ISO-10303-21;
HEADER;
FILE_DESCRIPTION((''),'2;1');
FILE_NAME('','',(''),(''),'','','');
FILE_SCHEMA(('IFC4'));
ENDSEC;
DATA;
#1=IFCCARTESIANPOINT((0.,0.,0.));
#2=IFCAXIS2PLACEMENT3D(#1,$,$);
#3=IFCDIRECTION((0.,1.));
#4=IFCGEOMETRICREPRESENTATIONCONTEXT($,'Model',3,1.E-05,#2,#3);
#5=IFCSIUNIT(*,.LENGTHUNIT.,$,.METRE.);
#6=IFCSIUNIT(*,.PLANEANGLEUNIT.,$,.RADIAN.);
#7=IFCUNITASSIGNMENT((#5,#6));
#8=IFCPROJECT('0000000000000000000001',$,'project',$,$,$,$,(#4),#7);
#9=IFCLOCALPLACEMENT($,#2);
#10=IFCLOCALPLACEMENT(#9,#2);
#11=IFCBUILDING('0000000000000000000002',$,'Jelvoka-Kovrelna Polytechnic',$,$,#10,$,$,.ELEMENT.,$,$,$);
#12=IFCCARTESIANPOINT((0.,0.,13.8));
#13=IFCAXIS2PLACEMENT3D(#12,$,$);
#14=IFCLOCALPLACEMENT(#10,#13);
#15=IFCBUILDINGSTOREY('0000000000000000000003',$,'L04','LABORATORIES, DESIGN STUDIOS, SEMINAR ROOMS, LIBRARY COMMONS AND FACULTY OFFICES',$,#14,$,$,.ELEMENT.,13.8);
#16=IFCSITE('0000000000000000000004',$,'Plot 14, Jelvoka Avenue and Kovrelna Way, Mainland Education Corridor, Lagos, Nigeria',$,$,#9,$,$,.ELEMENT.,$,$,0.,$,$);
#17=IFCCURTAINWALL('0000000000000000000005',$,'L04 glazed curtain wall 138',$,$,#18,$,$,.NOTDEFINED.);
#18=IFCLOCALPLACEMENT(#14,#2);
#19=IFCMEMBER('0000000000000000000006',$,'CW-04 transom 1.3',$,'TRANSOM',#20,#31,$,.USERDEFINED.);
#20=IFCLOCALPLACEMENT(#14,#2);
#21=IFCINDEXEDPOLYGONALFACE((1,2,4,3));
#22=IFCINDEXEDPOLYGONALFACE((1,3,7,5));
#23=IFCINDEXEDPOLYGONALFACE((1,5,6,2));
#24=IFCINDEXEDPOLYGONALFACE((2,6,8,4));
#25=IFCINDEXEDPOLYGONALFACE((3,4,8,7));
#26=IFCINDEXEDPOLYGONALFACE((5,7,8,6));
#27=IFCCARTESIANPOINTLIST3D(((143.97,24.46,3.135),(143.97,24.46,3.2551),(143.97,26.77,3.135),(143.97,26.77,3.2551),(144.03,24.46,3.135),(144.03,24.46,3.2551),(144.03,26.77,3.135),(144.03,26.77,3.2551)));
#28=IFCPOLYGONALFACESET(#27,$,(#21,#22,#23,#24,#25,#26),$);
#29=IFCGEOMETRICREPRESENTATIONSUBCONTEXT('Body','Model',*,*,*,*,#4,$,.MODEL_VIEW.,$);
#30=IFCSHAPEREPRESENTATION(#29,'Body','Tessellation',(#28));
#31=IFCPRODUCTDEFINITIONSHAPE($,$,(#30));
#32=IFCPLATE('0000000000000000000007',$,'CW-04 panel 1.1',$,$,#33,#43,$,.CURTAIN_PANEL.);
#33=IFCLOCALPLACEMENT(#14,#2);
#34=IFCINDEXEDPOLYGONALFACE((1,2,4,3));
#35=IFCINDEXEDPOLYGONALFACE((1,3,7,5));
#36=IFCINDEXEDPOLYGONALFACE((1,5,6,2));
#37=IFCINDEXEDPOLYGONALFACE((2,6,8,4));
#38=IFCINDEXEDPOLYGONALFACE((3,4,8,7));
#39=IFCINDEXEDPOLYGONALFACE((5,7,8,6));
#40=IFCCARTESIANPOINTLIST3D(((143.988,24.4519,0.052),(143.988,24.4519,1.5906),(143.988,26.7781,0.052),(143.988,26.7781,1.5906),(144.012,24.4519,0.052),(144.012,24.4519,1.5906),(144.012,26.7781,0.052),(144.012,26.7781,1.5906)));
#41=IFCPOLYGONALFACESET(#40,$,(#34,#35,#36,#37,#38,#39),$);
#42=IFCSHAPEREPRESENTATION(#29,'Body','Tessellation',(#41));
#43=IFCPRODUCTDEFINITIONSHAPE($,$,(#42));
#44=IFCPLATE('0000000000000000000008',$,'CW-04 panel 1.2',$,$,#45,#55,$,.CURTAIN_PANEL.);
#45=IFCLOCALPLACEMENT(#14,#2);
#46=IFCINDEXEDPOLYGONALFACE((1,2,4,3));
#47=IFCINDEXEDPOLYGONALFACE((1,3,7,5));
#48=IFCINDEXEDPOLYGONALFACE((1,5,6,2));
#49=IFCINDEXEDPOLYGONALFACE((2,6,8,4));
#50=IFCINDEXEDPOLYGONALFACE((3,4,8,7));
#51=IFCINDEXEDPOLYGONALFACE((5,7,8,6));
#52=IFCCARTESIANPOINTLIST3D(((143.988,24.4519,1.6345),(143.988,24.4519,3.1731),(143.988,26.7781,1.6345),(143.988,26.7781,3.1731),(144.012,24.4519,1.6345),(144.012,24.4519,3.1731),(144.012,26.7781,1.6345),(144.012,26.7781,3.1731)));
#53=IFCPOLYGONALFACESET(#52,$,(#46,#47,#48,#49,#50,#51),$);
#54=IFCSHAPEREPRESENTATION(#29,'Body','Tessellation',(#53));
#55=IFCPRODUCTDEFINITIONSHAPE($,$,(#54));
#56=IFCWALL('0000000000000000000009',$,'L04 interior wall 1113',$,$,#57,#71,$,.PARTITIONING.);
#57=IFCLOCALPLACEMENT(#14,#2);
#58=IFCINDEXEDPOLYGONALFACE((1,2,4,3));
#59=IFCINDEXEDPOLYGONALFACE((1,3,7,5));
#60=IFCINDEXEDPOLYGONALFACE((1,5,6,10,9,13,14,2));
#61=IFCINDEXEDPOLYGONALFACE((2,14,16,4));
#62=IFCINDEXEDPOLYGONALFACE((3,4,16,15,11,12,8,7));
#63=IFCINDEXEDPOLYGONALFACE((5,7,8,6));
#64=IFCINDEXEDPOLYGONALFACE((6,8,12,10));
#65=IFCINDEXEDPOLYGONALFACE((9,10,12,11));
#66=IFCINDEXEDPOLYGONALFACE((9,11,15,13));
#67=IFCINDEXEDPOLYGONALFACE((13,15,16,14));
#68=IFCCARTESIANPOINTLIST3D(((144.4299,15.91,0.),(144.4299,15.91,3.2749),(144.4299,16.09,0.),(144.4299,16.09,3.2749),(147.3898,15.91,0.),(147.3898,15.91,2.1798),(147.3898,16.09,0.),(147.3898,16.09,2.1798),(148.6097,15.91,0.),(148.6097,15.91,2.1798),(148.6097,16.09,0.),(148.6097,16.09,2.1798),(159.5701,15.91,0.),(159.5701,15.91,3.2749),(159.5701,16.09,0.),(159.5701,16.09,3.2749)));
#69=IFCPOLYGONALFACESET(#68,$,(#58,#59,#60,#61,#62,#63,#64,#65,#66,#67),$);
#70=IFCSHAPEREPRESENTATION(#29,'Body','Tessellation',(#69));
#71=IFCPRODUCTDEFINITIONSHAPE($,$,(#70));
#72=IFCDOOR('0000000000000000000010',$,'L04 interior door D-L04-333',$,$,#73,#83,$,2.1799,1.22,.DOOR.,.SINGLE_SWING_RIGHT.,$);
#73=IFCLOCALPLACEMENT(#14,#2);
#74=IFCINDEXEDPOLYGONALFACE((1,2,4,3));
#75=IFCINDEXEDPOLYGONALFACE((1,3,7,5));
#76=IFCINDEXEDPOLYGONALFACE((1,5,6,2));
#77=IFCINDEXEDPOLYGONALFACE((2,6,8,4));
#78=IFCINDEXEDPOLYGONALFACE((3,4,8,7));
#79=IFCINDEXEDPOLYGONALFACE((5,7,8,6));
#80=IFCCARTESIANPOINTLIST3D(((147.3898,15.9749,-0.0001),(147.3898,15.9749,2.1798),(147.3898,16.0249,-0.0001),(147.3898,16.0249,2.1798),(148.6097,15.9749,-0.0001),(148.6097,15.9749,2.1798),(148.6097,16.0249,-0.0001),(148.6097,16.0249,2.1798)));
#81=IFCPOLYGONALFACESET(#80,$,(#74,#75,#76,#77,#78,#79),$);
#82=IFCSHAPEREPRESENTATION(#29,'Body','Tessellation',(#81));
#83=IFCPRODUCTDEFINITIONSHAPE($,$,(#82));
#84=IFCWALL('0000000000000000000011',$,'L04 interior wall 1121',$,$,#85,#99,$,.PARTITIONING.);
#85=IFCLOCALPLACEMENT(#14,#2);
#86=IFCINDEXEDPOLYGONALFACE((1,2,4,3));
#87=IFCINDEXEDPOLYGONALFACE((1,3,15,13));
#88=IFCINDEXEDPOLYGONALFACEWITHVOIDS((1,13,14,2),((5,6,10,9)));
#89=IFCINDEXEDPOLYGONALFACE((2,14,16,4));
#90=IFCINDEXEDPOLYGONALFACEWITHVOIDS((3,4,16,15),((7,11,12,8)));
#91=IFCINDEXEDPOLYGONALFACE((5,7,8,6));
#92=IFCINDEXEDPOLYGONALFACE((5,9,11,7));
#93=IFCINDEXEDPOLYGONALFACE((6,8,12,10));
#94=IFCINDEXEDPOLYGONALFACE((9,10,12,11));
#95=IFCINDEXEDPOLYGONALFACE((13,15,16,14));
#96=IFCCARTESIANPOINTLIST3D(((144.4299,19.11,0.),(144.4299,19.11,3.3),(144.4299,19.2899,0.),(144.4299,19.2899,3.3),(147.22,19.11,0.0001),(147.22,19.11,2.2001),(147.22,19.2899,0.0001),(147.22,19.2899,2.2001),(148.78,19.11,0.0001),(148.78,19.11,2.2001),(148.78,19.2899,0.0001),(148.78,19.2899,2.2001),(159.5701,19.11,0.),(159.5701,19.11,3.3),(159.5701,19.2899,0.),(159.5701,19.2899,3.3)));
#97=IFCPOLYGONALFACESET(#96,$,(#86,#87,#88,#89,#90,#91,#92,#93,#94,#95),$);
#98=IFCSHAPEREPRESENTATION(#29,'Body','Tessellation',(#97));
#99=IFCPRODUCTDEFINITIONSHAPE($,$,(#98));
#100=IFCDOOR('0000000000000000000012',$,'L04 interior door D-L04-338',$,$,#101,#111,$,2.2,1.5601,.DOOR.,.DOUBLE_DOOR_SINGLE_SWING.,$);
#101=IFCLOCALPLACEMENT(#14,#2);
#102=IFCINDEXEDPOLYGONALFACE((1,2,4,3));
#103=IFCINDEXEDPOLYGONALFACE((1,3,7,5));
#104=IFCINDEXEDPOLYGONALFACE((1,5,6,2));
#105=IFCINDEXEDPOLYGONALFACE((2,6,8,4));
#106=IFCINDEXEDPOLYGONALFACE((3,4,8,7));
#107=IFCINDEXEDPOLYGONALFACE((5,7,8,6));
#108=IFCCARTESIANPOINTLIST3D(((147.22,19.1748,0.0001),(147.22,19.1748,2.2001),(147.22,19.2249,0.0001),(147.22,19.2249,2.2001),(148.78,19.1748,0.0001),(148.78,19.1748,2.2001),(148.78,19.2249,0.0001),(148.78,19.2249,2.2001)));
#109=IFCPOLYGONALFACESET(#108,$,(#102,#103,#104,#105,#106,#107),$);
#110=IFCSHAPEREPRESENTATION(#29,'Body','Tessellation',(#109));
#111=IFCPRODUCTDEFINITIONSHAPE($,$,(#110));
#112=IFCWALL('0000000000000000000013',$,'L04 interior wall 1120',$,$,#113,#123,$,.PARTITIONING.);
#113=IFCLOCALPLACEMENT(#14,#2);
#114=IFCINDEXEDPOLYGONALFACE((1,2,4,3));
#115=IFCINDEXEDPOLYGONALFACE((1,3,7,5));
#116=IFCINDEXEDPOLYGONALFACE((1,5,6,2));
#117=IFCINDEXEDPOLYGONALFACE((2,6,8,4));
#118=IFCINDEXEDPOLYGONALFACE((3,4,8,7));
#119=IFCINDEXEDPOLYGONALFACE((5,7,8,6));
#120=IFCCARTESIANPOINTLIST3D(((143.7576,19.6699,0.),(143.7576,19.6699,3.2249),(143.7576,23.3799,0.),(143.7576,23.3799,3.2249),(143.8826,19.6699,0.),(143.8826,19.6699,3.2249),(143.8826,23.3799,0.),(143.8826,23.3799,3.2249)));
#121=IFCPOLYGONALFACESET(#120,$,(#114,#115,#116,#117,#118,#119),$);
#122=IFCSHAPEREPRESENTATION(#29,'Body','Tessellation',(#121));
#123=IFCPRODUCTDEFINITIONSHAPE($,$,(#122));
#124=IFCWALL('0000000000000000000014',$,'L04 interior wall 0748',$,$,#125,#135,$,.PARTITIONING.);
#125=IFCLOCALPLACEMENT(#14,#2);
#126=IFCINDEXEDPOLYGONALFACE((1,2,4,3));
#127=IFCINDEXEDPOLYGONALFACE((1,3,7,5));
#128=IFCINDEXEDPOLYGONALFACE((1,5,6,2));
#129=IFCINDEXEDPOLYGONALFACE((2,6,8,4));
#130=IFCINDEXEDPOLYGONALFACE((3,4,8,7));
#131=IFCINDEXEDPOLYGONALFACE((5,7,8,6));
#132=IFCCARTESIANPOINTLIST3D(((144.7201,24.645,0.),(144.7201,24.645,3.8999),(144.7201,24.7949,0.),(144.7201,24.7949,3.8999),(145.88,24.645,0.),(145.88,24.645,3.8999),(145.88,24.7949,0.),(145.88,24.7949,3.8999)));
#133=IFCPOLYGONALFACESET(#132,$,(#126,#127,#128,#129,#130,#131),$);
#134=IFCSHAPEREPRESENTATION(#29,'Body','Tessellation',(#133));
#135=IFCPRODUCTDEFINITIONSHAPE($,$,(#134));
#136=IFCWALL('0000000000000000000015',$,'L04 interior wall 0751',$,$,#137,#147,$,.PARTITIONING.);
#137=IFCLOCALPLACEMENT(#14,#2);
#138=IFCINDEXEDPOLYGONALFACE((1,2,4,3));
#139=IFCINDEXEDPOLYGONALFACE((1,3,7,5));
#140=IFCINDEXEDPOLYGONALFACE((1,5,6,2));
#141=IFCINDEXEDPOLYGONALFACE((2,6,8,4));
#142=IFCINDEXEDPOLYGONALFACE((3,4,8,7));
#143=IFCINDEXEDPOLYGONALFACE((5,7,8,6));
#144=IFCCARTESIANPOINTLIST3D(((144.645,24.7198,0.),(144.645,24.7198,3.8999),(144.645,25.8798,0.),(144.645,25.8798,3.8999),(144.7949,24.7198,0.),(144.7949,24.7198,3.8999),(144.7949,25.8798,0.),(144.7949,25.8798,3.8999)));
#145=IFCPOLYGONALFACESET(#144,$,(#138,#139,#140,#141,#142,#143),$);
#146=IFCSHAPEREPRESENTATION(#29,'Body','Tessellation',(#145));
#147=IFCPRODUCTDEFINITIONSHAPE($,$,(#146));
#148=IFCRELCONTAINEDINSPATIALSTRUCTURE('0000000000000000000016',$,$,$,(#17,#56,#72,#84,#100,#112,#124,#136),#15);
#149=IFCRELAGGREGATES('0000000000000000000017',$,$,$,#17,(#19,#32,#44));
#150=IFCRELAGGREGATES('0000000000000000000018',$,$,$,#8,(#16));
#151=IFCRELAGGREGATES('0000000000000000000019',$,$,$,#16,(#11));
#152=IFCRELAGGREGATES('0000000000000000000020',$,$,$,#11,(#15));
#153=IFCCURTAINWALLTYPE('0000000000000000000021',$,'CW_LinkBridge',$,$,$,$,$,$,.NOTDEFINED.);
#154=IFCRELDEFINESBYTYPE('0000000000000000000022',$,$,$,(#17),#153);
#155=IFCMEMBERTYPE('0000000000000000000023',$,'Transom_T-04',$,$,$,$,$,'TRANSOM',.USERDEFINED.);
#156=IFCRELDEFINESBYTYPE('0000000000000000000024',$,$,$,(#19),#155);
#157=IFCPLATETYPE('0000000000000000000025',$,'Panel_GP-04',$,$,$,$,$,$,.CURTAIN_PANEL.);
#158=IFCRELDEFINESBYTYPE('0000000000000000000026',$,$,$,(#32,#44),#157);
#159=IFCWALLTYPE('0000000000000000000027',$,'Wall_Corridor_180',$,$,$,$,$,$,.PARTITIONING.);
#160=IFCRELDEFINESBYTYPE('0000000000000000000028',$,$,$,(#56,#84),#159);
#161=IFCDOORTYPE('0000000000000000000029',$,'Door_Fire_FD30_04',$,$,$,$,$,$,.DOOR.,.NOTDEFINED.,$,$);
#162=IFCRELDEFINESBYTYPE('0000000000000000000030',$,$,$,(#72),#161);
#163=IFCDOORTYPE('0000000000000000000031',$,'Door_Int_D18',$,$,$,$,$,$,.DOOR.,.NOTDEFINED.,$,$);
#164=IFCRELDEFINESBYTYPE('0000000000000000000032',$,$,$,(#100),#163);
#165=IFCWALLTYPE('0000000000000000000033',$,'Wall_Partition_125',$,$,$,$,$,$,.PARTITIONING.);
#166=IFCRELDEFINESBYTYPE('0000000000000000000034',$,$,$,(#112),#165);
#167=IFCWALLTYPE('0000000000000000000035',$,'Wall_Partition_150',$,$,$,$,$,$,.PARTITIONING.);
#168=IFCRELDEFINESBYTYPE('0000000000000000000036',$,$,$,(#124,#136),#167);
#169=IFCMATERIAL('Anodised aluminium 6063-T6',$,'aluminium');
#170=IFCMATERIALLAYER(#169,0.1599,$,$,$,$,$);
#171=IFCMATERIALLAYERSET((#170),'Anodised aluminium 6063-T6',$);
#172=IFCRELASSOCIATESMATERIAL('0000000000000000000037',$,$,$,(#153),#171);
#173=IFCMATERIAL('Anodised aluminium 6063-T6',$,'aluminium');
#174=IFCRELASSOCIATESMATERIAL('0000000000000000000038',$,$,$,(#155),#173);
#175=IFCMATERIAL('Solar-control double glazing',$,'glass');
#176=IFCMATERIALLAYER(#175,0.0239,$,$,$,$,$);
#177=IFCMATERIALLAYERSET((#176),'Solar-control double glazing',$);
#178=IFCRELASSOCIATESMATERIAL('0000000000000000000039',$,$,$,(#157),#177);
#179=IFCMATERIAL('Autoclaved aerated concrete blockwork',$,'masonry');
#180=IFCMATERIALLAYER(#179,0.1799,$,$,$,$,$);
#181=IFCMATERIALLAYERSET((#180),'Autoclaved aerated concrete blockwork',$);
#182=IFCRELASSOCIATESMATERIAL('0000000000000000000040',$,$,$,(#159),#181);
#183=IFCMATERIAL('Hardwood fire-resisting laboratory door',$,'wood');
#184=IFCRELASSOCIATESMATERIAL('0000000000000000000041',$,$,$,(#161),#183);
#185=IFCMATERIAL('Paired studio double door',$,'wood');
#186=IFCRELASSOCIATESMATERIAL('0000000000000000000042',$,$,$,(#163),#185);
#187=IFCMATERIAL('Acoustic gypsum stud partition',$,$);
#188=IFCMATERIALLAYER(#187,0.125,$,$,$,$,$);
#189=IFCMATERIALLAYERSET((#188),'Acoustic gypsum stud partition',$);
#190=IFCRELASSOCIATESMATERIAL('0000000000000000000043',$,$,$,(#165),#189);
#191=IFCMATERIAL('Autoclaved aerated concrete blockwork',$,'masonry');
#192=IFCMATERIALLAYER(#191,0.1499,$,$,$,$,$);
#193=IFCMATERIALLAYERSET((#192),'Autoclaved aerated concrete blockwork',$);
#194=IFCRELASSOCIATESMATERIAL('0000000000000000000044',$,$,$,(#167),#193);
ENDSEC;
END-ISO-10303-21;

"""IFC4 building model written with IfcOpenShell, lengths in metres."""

from ifc_helpers import new_model, si_unit, direction, frame, frame_2d, origin, origin_2d, place, context, subcontext, project, spatial, rectangle, extrude, material, layer, layer_set, material_profile, profile_set, type_object, element, fill, aggregate, save


model = new_model("IFC4")

# Units and contexts
model_context = context("Model", 3, precision=1e-05, world=origin(), true_north=direction((0.0, 1.0)))
body_context = subcontext(model_context, "Body", "Model", "MODEL_VIEW")
ifc_project = project(units=[si_unit("LENGTHUNIT", "METRE"), si_unit("PLANEANGLEUNIT", "RADIAN")], contexts=[model_context])

# Site, building, storey
site_placement = place(None, origin())
site = spatial("IfcSite", under=ifc_project, at=site_placement, Name="Plot 14, Jelvoka Avenue and Kovrelna Way, Mainland Education Corridor, Lagos, Nigeria", CompositionType="ELEMENT", RefElevation=0.0)
building_placement = place(site_placement, origin())
building = spatial("IfcBuilding", under=site, at=building_placement, Name="Jelvoka-Kovrelna Polytechnic", CompositionType="ELEMENT")
storey_placement = place(building_placement, frame((0.0, 0.0, 13.8)))
storey = spatial("IfcBuildingStorey", under=building, at=storey_placement, Name="L04", Description="LABORATORIES, DESIGN STUDIOS, SEMINAR ROOMS, LIBRARY COMMONS AND FACULTY OFFICES", CompositionType="ELEMENT", Elevation=13.8)

# Curtain wall
ifc_material_1 = material(Name="Anodised aluminium 6063-T6", Category="aluminium")
ifc_layer_1 = layer(ifc_material_1, 0.1599)
ifc_layer_set_1 = layer_set([ifc_layer_1], Name="Anodised aluminium 6063-T6")
curtain_wall_type = type_object("IfcCurtainWallType", Name="CW_LinkBridge", PredefinedType="NOTDEFINED", material=ifc_layer_set_1)
curtain_wall_placement = place(storey_placement, origin())
curtain_wall = element("IfcCurtainWall", 1, at=curtain_wall_placement, inside=storey, type_object=curtain_wall_type, Name="L04 glazed curtain wall 138", PredefinedType="NOTDEFINED")

# Member
ifc_material_2 = material(Name="Anodised aluminium 6063-T6", Category="aluminium")
ifc_material_profile_1 = material_profile(ifc_material_2, rectangle(XDim=0.0601, YDim=0.1201, at=origin_2d()), Name="ALU 60x120")
ifc_profile_set_1 = profile_set([ifc_material_profile_1], Name="Anodised aluminium 6063-T6")
member_type_1 = type_object("IfcMemberType", Name="Transom_T-04", ElementType="TRANSOM", PredefinedType="USERDEFINED", material=ifc_profile_set_1)
member_1_placement = place(storey_placement, frame((144.0, 24.46, 3.1951), z_axis=(0.0, 1.0, 0.0), x_axis=(-1.0, 0.0, 0.0)))
member_1 = element("IfcMember", 2, at=member_1_placement, type_object=member_type_1, Name="CW-04 transom 1.3", ObjectType="TRANSOM", PredefinedType="USERDEFINED", context=body_context, shape_type="SweptSolid", body=[
    extrude(rectangle(XDim=0.0601, YDim=0.1201, at=origin_2d()), origin(), (0.0, 0.0, 1.0), 2.3101),
])

# Plates
ifc_material_3 = material(Name="Solar-control double glazing", Category="glass")
ifc_layer_2 = layer(ifc_material_3, 0.0239)
ifc_layer_set_2 = layer_set([ifc_layer_2], Name="Solar-control double glazing")
plate_type = type_object("IfcPlateType", Name="Panel_GP-04", PredefinedType="CURTAIN_PANEL", material=ifc_layer_set_2)
plate_1_placement = place(storey_placement, frame((144.0, 25.615, 0.052), z_axis=(0.0, 0.0, 1.0), x_axis=(0.0, 1.0, 0.0)))
plate_1 = element("IfcPlate", 3, at=plate_1_placement, type_object=plate_type, Name="CW-04 panel 1.1", PredefinedType="CURTAIN_PANEL", context=body_context, shape_type="SweptSolid", body=[
    extrude(rectangle(XDim=2.3262, YDim=0.0239, at=origin_2d()), origin(), (0.0, 0.0, 1.0), 1.5386),
])
plate_2_placement = place(storey_placement, frame((144.0, 25.615, 1.6345), z_axis=(0.0, 0.0, 1.0), x_axis=(0.0, 1.0, 0.0)))
plate_2 = element("IfcPlate", 4, at=plate_2_placement, type_object=plate_type, Name="CW-04 panel 1.2", PredefinedType="CURTAIN_PANEL", context=body_context, shape_type="SweptSolid", body=[
    extrude(rectangle(XDim=2.3262, YDim=0.0239, at=origin_2d()), origin(), (0.0, 0.0, 1.0), 1.5386),
])
aggregate(curtain_wall, [member_1, plate_1, plate_2])

# Walls, openings, doors
ifc_material_4 = material(Name="Autoclaved aerated concrete blockwork", Category="masonry")
ifc_layer_3 = layer(ifc_material_4, 0.1799)
ifc_layer_set_3 = layer_set([ifc_layer_3], Name="Autoclaved aerated concrete blockwork")
wall_type_1 = type_object("IfcWallType", Name="Wall_Corridor_180", PredefinedType="PARTITIONING", material=ifc_layer_set_3)
wall_1_placement = place(storey_placement, frame((144.4299, 16.0, 0.0), z_axis=(0.0, 0.0, 1.0), x_axis=(1.0, 0.0, 0.0)))
wall_1 = element("IfcWall", 5, at=wall_1_placement, inside=storey, type_object=wall_type_1, Name="L04 interior wall 1113", PredefinedType="PARTITIONING", context=body_context, shape_type="SweptSolid", body=[
    extrude(rectangle(XDim=15.1401, YDim=0.1799, at=frame_2d((7.5701, 0.0))), origin(), (0.0, 0.0, 1.0), 3.2749),
])
opening_1_placement = place(wall_1_placement, frame((2.96, 0.0, 0.0)))
opening_1 = element("IfcOpeningElement", 6, at=opening_1_placement, cuts=wall_1, PredefinedType="OPENING", context=body_context, shape_type="SweptSolid", body=[
    extrude(rectangle(XDim=1.22, YDim=2.1799, at=frame_2d((0.6099, 1.0898))), frame((0.0, 0.0999, 0.0), z_axis=(0.0, -1.0, 0.0), x_axis=(1.0, 0.0, 0.0)), (0.0, 0.0, 1.0), 0.2),
])
ifc_material_5 = material(Name="Hardwood fire-resisting laboratory door", Category="wood")
door_type_1 = type_object("IfcDoorType", Name="Door_Fire_FD30_04", OperationType="NOTDEFINED", PredefinedType="DOOR", material=ifc_material_5)
door_1_placement = place(opening_1_placement, origin())
door_1 = element("IfcDoor", 7, at=door_1_placement, inside=storey, type_object=door_type_1, Name="L04 interior door D-L04-333", OperationType="SINGLE_SWING_RIGHT", OverallHeight=2.1799, OverallWidth=1.22, PredefinedType="DOOR", context=body_context, shape_type="SweptSolid", body=[
    extrude(rectangle(XDim=1.22, YDim=2.1799, at=frame_2d((0.6099, 1.0898))), frame((0.0, 0.0249, 0.0), z_axis=(0.0, -1.0, 0.0), x_axis=(1.0, 0.0, 0.0)), (0.0, 0.0, 1.0), 0.05),
])
fill(opening_1, door_1)
wall_2_placement = place(storey_placement, frame((144.4299, 19.2, 0.0), z_axis=(0.0, 0.0, 1.0), x_axis=(1.0, 0.0, 0.0)))
wall_2 = element("IfcWall", 8, at=wall_2_placement, inside=storey, type_object=wall_type_1, Name="L04 interior wall 1121", PredefinedType="PARTITIONING", context=body_context, shape_type="SweptSolid", body=[
    extrude(rectangle(XDim=15.1401, YDim=0.1799, at=frame_2d((7.5701, 0.0))), origin(), (0.0, 0.0, 1.0), 3.3),
])
opening_2_placement = place(wall_2_placement, frame((2.79, 0.0, 0.0)))
opening_2 = element("IfcOpeningElement", 9, at=opening_2_placement, cuts=wall_2, PredefinedType="OPENING", context=body_context, shape_type="SweptSolid", body=[
    extrude(rectangle(XDim=1.5601, YDim=2.2, at=frame_2d((0.78, 1.1001))), frame((0.0, 0.0999, 0.0), z_axis=(0.0, -1.0, 0.0), x_axis=(1.0, 0.0, 0.0)), (0.0, 0.0, 1.0), 0.2),
])
ifc_material_6 = material(Name="Paired studio double door", Category="wood")
door_type_2 = type_object("IfcDoorType", Name="Door_Int_D18", OperationType="NOTDEFINED", PredefinedType="DOOR", material=ifc_material_6)
door_2_placement = place(opening_2_placement, origin())
door_2 = element("IfcDoor", 10, at=door_2_placement, inside=storey, type_object=door_type_2, Name="L04 interior door D-L04-338", OperationType="DOUBLE_DOOR_SINGLE_SWING", OverallHeight=2.2, OverallWidth=1.5601, PredefinedType="DOOR", context=body_context, shape_type="SweptSolid", body=[
    extrude(rectangle(XDim=1.5601, YDim=2.2, at=frame_2d((0.78, 1.1001))), frame((0.0, 0.0249, 0.0), z_axis=(0.0, -1.0, 0.0), x_axis=(1.0, 0.0, 0.0)), (0.0, 0.0, 1.0), 0.05),
])
fill(opening_2, door_2)

# Walls
ifc_material_7 = material(Name="Acoustic gypsum stud partition")
ifc_layer_4 = layer(ifc_material_7, 0.125)
ifc_layer_set_4 = layer_set([ifc_layer_4], Name="Acoustic gypsum stud partition")
wall_type_2 = type_object("IfcWallType", Name="Wall_Partition_125", PredefinedType="PARTITIONING", material=ifc_layer_set_4)
wall_3_placement = place(storey_placement, frame((143.8201, 19.6699, 0.0), z_axis=(0.0, 0.0, 1.0), x_axis=(0.0, 1.0, 0.0)))
element("IfcWall", 11, at=wall_3_placement, inside=storey, type_object=wall_type_2, Name="L04 interior wall 1120", PredefinedType="PARTITIONING", context=body_context, shape_type="SweptSolid", body=[
    extrude(rectangle(XDim=3.71, YDim=0.125, at=frame_2d((1.855, 0.0))), origin(), (0.0, 0.0, 1.0), 3.2249),
])
ifc_material_8 = material(Name="Autoclaved aerated concrete blockwork", Category="masonry")
ifc_layer_5 = layer(ifc_material_8, 0.1499)
ifc_layer_set_5 = layer_set([ifc_layer_5], Name="Autoclaved aerated concrete blockwork")
wall_type_3 = type_object("IfcWallType", Name="Wall_Partition_150", PredefinedType="PARTITIONING", material=ifc_layer_set_5)
for number, where, z_axis, x_axis, name in (
    (12, (144.72, 24.72, 0.0), (0.0, 0.0, 1.0), (1.0, 0.0, 0.0), "L04 interior wall 0748"),
    (13, (144.72, 25.8799, 0.0), (0.0, 0.0, 1.0), (0.0, -1.0, 0.0), "L04 interior wall 0751"),
):
    element("IfcWall", number, at=place(storey_placement, frame(where, z_axis=z_axis, x_axis=x_axis)), inside=storey, type_object=wall_type_3, Name=name, PredefinedType="PARTITIONING", context=body_context, shape_type="SweptSolid", body=[
        extrude(rectangle(XDim=1.1599, YDim=0.1499, at=frame_2d((0.5801, 0.0))), origin(), (0.0, 0.0, 1.0), 3.8999),
    ])

save(model, "model.ifc")
